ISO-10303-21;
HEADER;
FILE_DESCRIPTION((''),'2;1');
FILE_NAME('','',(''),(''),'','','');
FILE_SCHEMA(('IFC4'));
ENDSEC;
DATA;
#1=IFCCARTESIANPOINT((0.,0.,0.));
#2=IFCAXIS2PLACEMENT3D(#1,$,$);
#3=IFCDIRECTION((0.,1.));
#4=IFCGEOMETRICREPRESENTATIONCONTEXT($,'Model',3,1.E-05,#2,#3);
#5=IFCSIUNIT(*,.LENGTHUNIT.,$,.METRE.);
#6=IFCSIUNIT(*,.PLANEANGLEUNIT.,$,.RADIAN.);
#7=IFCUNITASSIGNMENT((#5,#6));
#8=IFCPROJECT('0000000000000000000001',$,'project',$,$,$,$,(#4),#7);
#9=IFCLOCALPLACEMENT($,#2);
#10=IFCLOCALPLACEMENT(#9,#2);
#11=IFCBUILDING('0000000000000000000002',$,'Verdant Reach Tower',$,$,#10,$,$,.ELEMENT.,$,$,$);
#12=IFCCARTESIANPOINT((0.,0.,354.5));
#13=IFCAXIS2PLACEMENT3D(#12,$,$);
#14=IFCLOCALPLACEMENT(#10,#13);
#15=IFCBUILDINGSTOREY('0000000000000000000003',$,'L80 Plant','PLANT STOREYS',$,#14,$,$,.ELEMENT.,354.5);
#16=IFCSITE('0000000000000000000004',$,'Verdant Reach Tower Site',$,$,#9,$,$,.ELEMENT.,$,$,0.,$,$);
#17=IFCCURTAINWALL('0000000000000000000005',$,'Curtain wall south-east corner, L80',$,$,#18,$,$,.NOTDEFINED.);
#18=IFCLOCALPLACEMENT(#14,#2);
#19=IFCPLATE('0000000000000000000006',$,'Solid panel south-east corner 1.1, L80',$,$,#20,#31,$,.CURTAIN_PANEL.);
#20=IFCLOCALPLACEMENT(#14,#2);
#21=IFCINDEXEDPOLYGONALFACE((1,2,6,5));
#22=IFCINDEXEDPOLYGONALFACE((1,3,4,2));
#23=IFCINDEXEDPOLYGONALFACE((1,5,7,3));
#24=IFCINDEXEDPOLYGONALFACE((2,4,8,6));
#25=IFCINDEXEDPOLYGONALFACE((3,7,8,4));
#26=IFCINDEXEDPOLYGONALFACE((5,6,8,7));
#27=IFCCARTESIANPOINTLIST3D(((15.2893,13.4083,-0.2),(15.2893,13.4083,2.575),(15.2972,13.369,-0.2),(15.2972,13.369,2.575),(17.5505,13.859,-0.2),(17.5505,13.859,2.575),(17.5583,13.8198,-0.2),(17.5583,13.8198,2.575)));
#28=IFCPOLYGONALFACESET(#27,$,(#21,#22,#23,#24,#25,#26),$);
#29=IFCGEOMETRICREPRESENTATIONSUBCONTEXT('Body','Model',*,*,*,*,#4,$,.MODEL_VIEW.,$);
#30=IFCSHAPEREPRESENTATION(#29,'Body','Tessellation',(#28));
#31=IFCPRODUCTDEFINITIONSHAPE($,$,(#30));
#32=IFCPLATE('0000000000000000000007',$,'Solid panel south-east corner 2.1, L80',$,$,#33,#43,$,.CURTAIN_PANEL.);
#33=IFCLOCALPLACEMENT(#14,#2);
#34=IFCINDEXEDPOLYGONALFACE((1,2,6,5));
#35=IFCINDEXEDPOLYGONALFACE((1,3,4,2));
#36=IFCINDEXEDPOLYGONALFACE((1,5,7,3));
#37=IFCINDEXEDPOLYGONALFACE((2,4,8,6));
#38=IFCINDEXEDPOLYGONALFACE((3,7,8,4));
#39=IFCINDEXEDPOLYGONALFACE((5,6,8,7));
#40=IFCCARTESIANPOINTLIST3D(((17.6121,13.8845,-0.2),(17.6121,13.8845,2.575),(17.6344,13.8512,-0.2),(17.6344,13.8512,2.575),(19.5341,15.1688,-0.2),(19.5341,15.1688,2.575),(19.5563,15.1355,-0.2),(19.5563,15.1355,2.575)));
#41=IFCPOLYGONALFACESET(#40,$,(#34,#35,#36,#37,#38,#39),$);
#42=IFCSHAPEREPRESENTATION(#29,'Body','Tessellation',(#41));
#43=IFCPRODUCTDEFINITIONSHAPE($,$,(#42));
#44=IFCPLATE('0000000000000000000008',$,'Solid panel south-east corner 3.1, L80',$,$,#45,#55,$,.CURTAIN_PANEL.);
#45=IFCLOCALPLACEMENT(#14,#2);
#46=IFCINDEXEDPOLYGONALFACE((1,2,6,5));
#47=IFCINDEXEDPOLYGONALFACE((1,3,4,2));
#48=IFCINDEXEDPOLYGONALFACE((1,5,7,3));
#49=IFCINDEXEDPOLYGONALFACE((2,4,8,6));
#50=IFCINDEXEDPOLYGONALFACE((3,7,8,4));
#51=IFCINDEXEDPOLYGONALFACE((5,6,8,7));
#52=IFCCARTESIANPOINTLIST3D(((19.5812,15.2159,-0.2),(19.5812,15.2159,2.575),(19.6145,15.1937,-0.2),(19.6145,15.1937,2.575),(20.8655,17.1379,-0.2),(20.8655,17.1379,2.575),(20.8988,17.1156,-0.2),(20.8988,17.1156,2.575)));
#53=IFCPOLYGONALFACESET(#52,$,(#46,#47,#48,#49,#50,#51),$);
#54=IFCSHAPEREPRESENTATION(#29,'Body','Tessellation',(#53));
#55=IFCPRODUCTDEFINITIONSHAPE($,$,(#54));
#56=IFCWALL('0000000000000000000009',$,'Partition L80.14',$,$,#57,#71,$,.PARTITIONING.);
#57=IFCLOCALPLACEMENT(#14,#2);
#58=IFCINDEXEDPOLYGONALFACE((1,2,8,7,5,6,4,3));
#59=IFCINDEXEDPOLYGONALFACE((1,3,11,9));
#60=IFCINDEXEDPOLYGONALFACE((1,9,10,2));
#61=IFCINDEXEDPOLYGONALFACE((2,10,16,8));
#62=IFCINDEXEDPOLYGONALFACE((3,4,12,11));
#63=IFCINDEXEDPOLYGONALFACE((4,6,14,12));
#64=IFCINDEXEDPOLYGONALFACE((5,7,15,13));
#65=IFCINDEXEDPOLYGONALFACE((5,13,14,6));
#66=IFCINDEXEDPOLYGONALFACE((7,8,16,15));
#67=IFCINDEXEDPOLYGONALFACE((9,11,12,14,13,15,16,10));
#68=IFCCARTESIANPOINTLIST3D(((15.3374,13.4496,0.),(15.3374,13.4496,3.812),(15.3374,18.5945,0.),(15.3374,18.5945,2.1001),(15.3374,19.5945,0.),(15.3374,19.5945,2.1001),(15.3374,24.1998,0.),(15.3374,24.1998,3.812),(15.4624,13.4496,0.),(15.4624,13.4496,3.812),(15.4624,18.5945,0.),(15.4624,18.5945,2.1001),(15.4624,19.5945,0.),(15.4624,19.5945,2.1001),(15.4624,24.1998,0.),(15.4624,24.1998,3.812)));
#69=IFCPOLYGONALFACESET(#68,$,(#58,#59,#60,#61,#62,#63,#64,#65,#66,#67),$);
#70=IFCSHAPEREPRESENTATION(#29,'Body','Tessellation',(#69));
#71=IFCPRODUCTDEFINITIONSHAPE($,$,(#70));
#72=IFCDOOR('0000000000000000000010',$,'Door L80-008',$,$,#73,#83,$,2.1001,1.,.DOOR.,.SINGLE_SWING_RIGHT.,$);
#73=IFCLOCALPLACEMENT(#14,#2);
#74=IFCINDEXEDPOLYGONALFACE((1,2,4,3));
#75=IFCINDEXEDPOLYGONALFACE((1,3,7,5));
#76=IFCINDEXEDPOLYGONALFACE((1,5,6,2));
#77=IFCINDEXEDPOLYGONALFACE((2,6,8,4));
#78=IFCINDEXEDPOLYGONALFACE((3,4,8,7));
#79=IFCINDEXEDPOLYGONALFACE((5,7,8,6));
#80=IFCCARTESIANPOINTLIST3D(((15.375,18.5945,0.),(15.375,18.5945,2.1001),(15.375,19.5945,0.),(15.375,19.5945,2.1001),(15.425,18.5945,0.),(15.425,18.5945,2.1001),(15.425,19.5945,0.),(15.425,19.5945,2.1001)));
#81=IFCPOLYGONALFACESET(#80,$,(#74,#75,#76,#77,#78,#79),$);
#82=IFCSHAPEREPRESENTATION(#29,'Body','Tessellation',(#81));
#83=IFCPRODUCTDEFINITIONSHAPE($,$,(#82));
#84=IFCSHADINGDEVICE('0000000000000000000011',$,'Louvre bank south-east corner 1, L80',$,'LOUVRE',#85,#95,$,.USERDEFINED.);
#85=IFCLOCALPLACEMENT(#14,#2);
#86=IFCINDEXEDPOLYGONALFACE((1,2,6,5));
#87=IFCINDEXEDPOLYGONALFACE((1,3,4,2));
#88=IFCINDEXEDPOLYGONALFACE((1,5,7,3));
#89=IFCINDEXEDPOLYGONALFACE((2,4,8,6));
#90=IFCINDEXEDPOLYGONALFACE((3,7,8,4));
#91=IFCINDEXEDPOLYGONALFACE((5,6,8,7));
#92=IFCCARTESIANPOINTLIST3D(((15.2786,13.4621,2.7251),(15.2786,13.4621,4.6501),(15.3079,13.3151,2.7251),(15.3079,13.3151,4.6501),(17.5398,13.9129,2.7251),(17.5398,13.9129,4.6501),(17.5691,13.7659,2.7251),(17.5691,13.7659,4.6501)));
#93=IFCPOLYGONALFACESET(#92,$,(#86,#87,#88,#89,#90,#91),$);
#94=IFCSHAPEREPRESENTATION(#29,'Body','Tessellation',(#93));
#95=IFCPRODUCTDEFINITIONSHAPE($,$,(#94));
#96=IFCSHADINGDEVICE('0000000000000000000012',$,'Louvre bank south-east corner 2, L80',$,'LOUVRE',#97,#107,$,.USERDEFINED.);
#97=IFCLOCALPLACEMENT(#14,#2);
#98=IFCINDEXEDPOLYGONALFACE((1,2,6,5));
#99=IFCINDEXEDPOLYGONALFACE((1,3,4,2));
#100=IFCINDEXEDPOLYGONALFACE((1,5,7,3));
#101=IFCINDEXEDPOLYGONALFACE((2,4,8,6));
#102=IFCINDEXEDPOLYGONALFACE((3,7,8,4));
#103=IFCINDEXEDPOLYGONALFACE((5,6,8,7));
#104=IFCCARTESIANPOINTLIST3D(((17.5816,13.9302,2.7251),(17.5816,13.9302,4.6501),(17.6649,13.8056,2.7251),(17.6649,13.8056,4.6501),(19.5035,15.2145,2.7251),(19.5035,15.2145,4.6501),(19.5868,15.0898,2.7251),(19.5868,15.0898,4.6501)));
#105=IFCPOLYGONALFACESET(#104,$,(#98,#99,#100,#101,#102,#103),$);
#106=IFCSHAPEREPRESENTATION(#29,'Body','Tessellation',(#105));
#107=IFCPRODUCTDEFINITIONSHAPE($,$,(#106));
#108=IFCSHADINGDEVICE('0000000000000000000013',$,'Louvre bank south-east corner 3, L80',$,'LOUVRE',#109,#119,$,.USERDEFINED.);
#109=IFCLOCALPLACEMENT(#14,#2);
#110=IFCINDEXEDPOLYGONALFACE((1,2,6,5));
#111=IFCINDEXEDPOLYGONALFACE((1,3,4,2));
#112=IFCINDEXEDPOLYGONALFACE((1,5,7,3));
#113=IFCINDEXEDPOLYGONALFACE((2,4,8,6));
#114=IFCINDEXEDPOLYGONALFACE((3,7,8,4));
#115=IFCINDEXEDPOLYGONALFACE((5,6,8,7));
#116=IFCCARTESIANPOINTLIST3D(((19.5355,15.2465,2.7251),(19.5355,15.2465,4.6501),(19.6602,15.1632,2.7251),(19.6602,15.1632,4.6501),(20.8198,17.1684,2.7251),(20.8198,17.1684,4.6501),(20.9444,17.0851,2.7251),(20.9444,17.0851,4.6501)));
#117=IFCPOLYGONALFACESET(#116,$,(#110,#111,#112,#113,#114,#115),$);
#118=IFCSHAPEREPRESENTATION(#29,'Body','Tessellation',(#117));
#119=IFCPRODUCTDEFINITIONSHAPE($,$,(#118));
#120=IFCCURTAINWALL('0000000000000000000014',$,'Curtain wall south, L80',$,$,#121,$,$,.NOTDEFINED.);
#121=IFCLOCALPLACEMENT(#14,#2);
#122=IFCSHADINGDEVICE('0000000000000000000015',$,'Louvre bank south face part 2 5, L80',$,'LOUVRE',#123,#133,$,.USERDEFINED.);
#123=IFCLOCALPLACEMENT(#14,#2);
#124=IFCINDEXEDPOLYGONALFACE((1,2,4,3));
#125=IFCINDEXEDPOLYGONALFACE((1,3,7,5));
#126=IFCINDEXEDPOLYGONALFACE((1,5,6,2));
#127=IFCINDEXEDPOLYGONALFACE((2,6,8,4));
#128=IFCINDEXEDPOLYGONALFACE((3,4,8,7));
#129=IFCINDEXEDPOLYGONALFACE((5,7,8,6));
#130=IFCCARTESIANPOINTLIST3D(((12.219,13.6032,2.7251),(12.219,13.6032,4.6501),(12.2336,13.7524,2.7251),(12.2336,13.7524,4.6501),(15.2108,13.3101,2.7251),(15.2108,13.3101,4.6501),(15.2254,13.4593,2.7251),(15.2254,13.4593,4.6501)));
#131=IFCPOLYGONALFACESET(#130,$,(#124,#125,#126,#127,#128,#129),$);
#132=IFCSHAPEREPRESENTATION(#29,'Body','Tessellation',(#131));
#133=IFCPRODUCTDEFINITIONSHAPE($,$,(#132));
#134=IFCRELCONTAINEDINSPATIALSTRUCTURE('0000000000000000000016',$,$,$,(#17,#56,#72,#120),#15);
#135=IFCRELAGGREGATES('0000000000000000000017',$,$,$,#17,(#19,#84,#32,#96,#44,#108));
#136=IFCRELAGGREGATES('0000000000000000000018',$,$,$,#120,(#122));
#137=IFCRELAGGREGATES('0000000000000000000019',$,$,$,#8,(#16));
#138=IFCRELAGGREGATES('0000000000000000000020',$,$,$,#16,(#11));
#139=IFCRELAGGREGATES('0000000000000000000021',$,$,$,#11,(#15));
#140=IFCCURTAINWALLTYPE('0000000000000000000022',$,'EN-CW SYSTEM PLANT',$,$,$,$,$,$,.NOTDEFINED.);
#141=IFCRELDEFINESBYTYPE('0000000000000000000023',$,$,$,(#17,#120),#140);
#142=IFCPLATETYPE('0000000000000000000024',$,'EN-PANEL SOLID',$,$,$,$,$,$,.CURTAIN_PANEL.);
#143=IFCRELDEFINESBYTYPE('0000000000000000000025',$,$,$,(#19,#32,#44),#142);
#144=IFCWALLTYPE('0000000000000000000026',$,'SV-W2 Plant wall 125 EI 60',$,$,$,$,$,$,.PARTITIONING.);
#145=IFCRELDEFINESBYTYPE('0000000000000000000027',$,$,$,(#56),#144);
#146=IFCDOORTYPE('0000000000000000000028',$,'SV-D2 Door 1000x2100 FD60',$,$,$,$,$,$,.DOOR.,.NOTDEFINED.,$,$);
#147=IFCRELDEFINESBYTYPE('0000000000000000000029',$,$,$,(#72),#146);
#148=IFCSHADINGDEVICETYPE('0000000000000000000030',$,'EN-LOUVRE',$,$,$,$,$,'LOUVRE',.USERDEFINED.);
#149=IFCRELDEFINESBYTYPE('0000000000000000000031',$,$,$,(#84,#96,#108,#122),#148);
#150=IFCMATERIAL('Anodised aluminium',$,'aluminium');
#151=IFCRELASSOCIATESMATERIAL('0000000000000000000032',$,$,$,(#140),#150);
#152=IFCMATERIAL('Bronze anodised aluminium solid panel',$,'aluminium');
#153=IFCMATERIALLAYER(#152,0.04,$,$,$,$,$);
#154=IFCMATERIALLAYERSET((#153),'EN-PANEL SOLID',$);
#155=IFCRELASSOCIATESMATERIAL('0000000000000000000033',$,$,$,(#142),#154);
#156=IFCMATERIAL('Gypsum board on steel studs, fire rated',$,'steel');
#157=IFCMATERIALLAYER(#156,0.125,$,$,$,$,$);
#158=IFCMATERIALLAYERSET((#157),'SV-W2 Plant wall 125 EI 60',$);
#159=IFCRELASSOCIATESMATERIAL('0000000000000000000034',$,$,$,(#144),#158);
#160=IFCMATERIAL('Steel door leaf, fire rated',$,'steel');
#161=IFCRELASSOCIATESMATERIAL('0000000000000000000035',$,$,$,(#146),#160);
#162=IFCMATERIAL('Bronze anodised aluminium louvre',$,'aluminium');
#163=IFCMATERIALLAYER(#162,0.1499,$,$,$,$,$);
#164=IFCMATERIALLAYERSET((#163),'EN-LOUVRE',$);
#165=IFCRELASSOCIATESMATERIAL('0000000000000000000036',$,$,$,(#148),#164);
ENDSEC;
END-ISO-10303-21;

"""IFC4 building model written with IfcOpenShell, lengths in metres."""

from ifc_helpers import new_model, si_unit, direction, frame, frame_2d, origin, origin_2d, place, context, subcontext, project, spatial, rectangle, extrude, material, layer, layer_set, type_object, element, fill, aggregate, save


model = new_model("IFC4")

# Units and contexts
model_context = context("Model", 3, precision=1e-05, world=origin(), true_north=direction((0.0, 1.0)))
body_context = subcontext(model_context, "Body", "Model", "MODEL_VIEW")
ifc_project = project(units=[si_unit("LENGTHUNIT", "METRE"), si_unit("PLANEANGLEUNIT", "RADIAN")], contexts=[model_context])

# Site, building, storey
site_placement = place(None, origin())
site = spatial("IfcSite", under=ifc_project, at=site_placement, Name="Verdant Reach Tower Site", CompositionType="ELEMENT", RefElevation=0.0)
building_placement = place(site_placement, origin())
building = spatial("IfcBuilding", under=site, at=building_placement, Name="Verdant Reach Tower", CompositionType="ELEMENT")
storey_placement = place(building_placement, frame((0.0, 0.0, 354.5)))
storey = spatial("IfcBuildingStorey", under=building, at=storey_placement, Name="L80 Plant", Description="PLANT STOREYS", CompositionType="ELEMENT", Elevation=354.5)

# Curtain wall
ifc_material_1 = material(Name="Anodised aluminium", Category="aluminium")
curtain_wall_type = type_object("IfcCurtainWallType", Name="EN-CW SYSTEM PLANT", PredefinedType="NOTDEFINED", material=ifc_material_1)
curtain_wall_1_placement = place(storey_placement, origin())
curtain_wall_1 = element("IfcCurtainWall", 1, at=curtain_wall_1_placement, inside=storey, type_object=curtain_wall_type, Name="Curtain wall south-east corner, L80", PredefinedType="NOTDEFINED")

# Plates
ifc_material_2 = material(Name="Bronze anodised aluminium solid panel", Category="aluminium")
ifc_layer_1 = layer(ifc_material_2, 0.04)
ifc_layer_set_1 = layer_set([ifc_layer_1], Name="EN-PANEL SOLID")
plate_type = type_object("IfcPlateType", Name="EN-PANEL SOLID", PredefinedType="CURTAIN_PANEL", material=ifc_layer_set_1)
plate_1_placement = place(storey_placement, frame((16.4238, 13.614, -0.2), z_axis=(0.0, 0.0, 1.0), x_axis=(0.980705, 0.195493, 0.0)))
plate_1 = element("IfcPlate", 2, at=plate_1_placement, type_object=plate_type, Name="Solid panel south-east corner 1.1, L80", PredefinedType="CURTAIN_PANEL", context=body_context, shape_type="SweptSolid", body=[
    extrude(rectangle(XDim=2.3057, YDim=0.04, at=origin_2d()), origin(), (0.0, 0.0, 1.0), 2.7749),
])
plate_2_placement = place(storey_placement, frame((18.5842, 14.51, -0.2), z_axis=(0.0, 0.0, 1.0), x_axis=(0.831452, 0.555596, 0.0)))
plate_2 = element("IfcPlate", 3, at=plate_2_placement, type_object=plate_type, Name="Solid panel south-east corner 2.1, L80", PredefinedType="CURTAIN_PANEL", context=body_context, shape_type="SweptSolid", body=[
    extrude(rectangle(XDim=2.3115, YDim=0.04, at=origin_2d()), origin(), (0.0, 0.0, 1.0), 2.7749),
])
plate_3_placement = place(storey_placement, frame((20.24, 16.1658, -0.2), z_axis=(0.0, 0.0, 1.0), x_axis=(0.555596, 0.831452, 0.0)))
plate_3 = element("IfcPlate", 4, at=plate_3_placement, type_object=plate_type, Name="Solid panel south-east corner 3.1, L80", PredefinedType="CURTAIN_PANEL", context=body_context, shape_type="SweptSolid", body=[
    extrude(rectangle(XDim=2.3115, YDim=0.04, at=origin_2d()), origin(), (0.0, 0.0, 1.0), 2.7749),
])

# Wall, opening, door
ifc_material_3 = material(Name="Gypsum board on steel studs, fire rated", Category="steel")
ifc_layer_2 = layer(ifc_material_3, 0.125)
ifc_layer_set_2 = layer_set([ifc_layer_2], Name="SV-W2 Plant wall 125 EI 60")
wall_type = type_object("IfcWallType", Name="SV-W2 Plant wall 125 EI 60", PredefinedType="PARTITIONING", material=ifc_layer_set_2)
wall_placement = place(storey_placement, frame((15.3999, 13.4497, 0.0), z_axis=(0.0, 0.0, 1.0), x_axis=(0.0, 1.0, 0.0)))
wall = element("IfcWall", 5, at=wall_placement, inside=storey, type_object=wall_type, Name="Partition L80.14", PredefinedType="PARTITIONING", context=body_context, shape_type="SweptSolid", body=[
    extrude(rectangle(XDim=10.7502, YDim=0.125, at=frame_2d((5.375, 0.0))), origin(), (0.0, 0.0, 1.0), 3.812),
])
opening_placement = place(wall_placement, frame((5.1448, 0.0, 0.0)))
opening = element("IfcOpeningElement", 6, at=opening_placement, cuts=wall, PredefinedType="OPENING", context=body_context, shape_type="SweptSolid", body=[
    extrude(rectangle(XDim=1.0, YDim=2.1001, at=frame_2d((0.5, 1.05))), frame((0.0, 0.0725, 0.0), z_axis=(0.0, -1.0, 0.0), x_axis=(1.0, 0.0, 0.0)), (0.0, 0.0, 1.0), 0.145),
])
ifc_material_4 = material(Name="Steel door leaf, fire rated", Category="steel")
door_type = type_object("IfcDoorType", Name="SV-D2 Door 1000x2100 FD60", OperationType="NOTDEFINED", PredefinedType="DOOR", material=ifc_material_4)
door_placement = place(opening_placement, origin())
door = element("IfcDoor", 7, at=door_placement, inside=storey, type_object=door_type, Name="Door L80-008", OperationType="SINGLE_SWING_RIGHT", OverallHeight=2.1001, OverallWidth=1.0, PredefinedType="DOOR", context=body_context, shape_type="SweptSolid", body=[
    extrude(rectangle(XDim=1.0, YDim=2.1001, at=frame_2d((0.5, 1.05))), frame((0.0, 0.0249, 0.0), z_axis=(0.0, -1.0, 0.0), x_axis=(1.0, 0.0, 0.0)), (0.0, 0.0, 1.0), 0.05),
])
fill(opening, door)

# Shading devices
ifc_material_5 = material(Name="Bronze anodised aluminium louvre", Category="aluminium")
ifc_layer_3 = layer(ifc_material_5, 0.1499)
ifc_layer_set_3 = layer_set([ifc_layer_3], Name="EN-LOUVRE")
shading_device_type = type_object("IfcShadingDeviceType", Name="EN-LOUVRE", ElementType="LOUVRE", PredefinedType="USERDEFINED", material=ifc_layer_set_3)
shading_device_1_placement = place(storey_placement, frame((16.4238, 13.614, 2.7251), z_axis=(0.0, 0.0, 1.0), x_axis=(0.980705, 0.195493, 0.0)))
shading_device_1 = element("IfcShadingDevice", 8, at=shading_device_1_placement, type_object=shading_device_type, Name="Louvre bank south-east corner 1, L80", ObjectType="LOUVRE", PredefinedType="USERDEFINED", context=body_context, shape_type="SweptSolid", body=[
    extrude(rectangle(XDim=2.3057, YDim=0.1499, at=origin_2d()), origin(), (0.0, 0.0, 1.0), 1.925),
])
shading_device_2_placement = place(storey_placement, frame((18.5842, 14.51, 2.7251), z_axis=(0.0, 0.0, 1.0), x_axis=(0.831452, 0.555596, 0.0)))
shading_device_2 = element("IfcShadingDevice", 9, at=shading_device_2_placement, type_object=shading_device_type, Name="Louvre bank south-east corner 2, L80", ObjectType="LOUVRE", PredefinedType="USERDEFINED", context=body_context, shape_type="SweptSolid", body=[
    extrude(rectangle(XDim=2.3115, YDim=0.1499, at=origin_2d()), origin(), (0.0, 0.0, 1.0), 1.925),
])
shading_device_3_placement = place(storey_placement, frame((20.24, 16.1658, 2.7251), z_axis=(0.0, 0.0, 1.0), x_axis=(0.555596, 0.831452, 0.0)))
shading_device_3 = element("IfcShadingDevice", 10, at=shading_device_3_placement, type_object=shading_device_type, Name="Louvre bank south-east corner 3, L80", ObjectType="LOUVRE", PredefinedType="USERDEFINED", context=body_context, shape_type="SweptSolid", body=[
    extrude(rectangle(XDim=2.3115, YDim=0.1499, at=origin_2d()), origin(), (0.0, 0.0, 1.0), 1.925),
])
aggregate(curtain_wall_1, [plate_1, shading_device_1, plate_2, shading_device_2, plate_3, shading_device_3])

# Curtain wall, shading device
curtain_wall_2_placement = place(storey_placement, origin())
curtain_wall_2 = element("IfcCurtainWall", 11, at=curtain_wall_2_placement, inside=storey, type_object=curtain_wall_type, Name="Curtain wall south, L80", PredefinedType="NOTDEFINED")
shading_device_4_placement = place(storey_placement, frame((13.7222, 13.5312, 2.7251), z_axis=(0.0, 0.0, 1.0), x_axis=(0.995238, -0.097473, 0.0)))
shading_device_4 = element("IfcShadingDevice", 12, at=shading_device_4_placement, type_object=shading_device_type, Name="Louvre bank south face part 2 5, L80", ObjectType="LOUVRE", PredefinedType="USERDEFINED", context=body_context, shape_type="SweptSolid", body=[
    extrude(rectangle(XDim=3.0061, YDim=0.1499, at=origin_2d()), origin(), (0.0, 0.0, 1.0), 1.925),
])
aggregate(curtain_wall_2, [shading_device_4])

save(model, "model.ifc")
